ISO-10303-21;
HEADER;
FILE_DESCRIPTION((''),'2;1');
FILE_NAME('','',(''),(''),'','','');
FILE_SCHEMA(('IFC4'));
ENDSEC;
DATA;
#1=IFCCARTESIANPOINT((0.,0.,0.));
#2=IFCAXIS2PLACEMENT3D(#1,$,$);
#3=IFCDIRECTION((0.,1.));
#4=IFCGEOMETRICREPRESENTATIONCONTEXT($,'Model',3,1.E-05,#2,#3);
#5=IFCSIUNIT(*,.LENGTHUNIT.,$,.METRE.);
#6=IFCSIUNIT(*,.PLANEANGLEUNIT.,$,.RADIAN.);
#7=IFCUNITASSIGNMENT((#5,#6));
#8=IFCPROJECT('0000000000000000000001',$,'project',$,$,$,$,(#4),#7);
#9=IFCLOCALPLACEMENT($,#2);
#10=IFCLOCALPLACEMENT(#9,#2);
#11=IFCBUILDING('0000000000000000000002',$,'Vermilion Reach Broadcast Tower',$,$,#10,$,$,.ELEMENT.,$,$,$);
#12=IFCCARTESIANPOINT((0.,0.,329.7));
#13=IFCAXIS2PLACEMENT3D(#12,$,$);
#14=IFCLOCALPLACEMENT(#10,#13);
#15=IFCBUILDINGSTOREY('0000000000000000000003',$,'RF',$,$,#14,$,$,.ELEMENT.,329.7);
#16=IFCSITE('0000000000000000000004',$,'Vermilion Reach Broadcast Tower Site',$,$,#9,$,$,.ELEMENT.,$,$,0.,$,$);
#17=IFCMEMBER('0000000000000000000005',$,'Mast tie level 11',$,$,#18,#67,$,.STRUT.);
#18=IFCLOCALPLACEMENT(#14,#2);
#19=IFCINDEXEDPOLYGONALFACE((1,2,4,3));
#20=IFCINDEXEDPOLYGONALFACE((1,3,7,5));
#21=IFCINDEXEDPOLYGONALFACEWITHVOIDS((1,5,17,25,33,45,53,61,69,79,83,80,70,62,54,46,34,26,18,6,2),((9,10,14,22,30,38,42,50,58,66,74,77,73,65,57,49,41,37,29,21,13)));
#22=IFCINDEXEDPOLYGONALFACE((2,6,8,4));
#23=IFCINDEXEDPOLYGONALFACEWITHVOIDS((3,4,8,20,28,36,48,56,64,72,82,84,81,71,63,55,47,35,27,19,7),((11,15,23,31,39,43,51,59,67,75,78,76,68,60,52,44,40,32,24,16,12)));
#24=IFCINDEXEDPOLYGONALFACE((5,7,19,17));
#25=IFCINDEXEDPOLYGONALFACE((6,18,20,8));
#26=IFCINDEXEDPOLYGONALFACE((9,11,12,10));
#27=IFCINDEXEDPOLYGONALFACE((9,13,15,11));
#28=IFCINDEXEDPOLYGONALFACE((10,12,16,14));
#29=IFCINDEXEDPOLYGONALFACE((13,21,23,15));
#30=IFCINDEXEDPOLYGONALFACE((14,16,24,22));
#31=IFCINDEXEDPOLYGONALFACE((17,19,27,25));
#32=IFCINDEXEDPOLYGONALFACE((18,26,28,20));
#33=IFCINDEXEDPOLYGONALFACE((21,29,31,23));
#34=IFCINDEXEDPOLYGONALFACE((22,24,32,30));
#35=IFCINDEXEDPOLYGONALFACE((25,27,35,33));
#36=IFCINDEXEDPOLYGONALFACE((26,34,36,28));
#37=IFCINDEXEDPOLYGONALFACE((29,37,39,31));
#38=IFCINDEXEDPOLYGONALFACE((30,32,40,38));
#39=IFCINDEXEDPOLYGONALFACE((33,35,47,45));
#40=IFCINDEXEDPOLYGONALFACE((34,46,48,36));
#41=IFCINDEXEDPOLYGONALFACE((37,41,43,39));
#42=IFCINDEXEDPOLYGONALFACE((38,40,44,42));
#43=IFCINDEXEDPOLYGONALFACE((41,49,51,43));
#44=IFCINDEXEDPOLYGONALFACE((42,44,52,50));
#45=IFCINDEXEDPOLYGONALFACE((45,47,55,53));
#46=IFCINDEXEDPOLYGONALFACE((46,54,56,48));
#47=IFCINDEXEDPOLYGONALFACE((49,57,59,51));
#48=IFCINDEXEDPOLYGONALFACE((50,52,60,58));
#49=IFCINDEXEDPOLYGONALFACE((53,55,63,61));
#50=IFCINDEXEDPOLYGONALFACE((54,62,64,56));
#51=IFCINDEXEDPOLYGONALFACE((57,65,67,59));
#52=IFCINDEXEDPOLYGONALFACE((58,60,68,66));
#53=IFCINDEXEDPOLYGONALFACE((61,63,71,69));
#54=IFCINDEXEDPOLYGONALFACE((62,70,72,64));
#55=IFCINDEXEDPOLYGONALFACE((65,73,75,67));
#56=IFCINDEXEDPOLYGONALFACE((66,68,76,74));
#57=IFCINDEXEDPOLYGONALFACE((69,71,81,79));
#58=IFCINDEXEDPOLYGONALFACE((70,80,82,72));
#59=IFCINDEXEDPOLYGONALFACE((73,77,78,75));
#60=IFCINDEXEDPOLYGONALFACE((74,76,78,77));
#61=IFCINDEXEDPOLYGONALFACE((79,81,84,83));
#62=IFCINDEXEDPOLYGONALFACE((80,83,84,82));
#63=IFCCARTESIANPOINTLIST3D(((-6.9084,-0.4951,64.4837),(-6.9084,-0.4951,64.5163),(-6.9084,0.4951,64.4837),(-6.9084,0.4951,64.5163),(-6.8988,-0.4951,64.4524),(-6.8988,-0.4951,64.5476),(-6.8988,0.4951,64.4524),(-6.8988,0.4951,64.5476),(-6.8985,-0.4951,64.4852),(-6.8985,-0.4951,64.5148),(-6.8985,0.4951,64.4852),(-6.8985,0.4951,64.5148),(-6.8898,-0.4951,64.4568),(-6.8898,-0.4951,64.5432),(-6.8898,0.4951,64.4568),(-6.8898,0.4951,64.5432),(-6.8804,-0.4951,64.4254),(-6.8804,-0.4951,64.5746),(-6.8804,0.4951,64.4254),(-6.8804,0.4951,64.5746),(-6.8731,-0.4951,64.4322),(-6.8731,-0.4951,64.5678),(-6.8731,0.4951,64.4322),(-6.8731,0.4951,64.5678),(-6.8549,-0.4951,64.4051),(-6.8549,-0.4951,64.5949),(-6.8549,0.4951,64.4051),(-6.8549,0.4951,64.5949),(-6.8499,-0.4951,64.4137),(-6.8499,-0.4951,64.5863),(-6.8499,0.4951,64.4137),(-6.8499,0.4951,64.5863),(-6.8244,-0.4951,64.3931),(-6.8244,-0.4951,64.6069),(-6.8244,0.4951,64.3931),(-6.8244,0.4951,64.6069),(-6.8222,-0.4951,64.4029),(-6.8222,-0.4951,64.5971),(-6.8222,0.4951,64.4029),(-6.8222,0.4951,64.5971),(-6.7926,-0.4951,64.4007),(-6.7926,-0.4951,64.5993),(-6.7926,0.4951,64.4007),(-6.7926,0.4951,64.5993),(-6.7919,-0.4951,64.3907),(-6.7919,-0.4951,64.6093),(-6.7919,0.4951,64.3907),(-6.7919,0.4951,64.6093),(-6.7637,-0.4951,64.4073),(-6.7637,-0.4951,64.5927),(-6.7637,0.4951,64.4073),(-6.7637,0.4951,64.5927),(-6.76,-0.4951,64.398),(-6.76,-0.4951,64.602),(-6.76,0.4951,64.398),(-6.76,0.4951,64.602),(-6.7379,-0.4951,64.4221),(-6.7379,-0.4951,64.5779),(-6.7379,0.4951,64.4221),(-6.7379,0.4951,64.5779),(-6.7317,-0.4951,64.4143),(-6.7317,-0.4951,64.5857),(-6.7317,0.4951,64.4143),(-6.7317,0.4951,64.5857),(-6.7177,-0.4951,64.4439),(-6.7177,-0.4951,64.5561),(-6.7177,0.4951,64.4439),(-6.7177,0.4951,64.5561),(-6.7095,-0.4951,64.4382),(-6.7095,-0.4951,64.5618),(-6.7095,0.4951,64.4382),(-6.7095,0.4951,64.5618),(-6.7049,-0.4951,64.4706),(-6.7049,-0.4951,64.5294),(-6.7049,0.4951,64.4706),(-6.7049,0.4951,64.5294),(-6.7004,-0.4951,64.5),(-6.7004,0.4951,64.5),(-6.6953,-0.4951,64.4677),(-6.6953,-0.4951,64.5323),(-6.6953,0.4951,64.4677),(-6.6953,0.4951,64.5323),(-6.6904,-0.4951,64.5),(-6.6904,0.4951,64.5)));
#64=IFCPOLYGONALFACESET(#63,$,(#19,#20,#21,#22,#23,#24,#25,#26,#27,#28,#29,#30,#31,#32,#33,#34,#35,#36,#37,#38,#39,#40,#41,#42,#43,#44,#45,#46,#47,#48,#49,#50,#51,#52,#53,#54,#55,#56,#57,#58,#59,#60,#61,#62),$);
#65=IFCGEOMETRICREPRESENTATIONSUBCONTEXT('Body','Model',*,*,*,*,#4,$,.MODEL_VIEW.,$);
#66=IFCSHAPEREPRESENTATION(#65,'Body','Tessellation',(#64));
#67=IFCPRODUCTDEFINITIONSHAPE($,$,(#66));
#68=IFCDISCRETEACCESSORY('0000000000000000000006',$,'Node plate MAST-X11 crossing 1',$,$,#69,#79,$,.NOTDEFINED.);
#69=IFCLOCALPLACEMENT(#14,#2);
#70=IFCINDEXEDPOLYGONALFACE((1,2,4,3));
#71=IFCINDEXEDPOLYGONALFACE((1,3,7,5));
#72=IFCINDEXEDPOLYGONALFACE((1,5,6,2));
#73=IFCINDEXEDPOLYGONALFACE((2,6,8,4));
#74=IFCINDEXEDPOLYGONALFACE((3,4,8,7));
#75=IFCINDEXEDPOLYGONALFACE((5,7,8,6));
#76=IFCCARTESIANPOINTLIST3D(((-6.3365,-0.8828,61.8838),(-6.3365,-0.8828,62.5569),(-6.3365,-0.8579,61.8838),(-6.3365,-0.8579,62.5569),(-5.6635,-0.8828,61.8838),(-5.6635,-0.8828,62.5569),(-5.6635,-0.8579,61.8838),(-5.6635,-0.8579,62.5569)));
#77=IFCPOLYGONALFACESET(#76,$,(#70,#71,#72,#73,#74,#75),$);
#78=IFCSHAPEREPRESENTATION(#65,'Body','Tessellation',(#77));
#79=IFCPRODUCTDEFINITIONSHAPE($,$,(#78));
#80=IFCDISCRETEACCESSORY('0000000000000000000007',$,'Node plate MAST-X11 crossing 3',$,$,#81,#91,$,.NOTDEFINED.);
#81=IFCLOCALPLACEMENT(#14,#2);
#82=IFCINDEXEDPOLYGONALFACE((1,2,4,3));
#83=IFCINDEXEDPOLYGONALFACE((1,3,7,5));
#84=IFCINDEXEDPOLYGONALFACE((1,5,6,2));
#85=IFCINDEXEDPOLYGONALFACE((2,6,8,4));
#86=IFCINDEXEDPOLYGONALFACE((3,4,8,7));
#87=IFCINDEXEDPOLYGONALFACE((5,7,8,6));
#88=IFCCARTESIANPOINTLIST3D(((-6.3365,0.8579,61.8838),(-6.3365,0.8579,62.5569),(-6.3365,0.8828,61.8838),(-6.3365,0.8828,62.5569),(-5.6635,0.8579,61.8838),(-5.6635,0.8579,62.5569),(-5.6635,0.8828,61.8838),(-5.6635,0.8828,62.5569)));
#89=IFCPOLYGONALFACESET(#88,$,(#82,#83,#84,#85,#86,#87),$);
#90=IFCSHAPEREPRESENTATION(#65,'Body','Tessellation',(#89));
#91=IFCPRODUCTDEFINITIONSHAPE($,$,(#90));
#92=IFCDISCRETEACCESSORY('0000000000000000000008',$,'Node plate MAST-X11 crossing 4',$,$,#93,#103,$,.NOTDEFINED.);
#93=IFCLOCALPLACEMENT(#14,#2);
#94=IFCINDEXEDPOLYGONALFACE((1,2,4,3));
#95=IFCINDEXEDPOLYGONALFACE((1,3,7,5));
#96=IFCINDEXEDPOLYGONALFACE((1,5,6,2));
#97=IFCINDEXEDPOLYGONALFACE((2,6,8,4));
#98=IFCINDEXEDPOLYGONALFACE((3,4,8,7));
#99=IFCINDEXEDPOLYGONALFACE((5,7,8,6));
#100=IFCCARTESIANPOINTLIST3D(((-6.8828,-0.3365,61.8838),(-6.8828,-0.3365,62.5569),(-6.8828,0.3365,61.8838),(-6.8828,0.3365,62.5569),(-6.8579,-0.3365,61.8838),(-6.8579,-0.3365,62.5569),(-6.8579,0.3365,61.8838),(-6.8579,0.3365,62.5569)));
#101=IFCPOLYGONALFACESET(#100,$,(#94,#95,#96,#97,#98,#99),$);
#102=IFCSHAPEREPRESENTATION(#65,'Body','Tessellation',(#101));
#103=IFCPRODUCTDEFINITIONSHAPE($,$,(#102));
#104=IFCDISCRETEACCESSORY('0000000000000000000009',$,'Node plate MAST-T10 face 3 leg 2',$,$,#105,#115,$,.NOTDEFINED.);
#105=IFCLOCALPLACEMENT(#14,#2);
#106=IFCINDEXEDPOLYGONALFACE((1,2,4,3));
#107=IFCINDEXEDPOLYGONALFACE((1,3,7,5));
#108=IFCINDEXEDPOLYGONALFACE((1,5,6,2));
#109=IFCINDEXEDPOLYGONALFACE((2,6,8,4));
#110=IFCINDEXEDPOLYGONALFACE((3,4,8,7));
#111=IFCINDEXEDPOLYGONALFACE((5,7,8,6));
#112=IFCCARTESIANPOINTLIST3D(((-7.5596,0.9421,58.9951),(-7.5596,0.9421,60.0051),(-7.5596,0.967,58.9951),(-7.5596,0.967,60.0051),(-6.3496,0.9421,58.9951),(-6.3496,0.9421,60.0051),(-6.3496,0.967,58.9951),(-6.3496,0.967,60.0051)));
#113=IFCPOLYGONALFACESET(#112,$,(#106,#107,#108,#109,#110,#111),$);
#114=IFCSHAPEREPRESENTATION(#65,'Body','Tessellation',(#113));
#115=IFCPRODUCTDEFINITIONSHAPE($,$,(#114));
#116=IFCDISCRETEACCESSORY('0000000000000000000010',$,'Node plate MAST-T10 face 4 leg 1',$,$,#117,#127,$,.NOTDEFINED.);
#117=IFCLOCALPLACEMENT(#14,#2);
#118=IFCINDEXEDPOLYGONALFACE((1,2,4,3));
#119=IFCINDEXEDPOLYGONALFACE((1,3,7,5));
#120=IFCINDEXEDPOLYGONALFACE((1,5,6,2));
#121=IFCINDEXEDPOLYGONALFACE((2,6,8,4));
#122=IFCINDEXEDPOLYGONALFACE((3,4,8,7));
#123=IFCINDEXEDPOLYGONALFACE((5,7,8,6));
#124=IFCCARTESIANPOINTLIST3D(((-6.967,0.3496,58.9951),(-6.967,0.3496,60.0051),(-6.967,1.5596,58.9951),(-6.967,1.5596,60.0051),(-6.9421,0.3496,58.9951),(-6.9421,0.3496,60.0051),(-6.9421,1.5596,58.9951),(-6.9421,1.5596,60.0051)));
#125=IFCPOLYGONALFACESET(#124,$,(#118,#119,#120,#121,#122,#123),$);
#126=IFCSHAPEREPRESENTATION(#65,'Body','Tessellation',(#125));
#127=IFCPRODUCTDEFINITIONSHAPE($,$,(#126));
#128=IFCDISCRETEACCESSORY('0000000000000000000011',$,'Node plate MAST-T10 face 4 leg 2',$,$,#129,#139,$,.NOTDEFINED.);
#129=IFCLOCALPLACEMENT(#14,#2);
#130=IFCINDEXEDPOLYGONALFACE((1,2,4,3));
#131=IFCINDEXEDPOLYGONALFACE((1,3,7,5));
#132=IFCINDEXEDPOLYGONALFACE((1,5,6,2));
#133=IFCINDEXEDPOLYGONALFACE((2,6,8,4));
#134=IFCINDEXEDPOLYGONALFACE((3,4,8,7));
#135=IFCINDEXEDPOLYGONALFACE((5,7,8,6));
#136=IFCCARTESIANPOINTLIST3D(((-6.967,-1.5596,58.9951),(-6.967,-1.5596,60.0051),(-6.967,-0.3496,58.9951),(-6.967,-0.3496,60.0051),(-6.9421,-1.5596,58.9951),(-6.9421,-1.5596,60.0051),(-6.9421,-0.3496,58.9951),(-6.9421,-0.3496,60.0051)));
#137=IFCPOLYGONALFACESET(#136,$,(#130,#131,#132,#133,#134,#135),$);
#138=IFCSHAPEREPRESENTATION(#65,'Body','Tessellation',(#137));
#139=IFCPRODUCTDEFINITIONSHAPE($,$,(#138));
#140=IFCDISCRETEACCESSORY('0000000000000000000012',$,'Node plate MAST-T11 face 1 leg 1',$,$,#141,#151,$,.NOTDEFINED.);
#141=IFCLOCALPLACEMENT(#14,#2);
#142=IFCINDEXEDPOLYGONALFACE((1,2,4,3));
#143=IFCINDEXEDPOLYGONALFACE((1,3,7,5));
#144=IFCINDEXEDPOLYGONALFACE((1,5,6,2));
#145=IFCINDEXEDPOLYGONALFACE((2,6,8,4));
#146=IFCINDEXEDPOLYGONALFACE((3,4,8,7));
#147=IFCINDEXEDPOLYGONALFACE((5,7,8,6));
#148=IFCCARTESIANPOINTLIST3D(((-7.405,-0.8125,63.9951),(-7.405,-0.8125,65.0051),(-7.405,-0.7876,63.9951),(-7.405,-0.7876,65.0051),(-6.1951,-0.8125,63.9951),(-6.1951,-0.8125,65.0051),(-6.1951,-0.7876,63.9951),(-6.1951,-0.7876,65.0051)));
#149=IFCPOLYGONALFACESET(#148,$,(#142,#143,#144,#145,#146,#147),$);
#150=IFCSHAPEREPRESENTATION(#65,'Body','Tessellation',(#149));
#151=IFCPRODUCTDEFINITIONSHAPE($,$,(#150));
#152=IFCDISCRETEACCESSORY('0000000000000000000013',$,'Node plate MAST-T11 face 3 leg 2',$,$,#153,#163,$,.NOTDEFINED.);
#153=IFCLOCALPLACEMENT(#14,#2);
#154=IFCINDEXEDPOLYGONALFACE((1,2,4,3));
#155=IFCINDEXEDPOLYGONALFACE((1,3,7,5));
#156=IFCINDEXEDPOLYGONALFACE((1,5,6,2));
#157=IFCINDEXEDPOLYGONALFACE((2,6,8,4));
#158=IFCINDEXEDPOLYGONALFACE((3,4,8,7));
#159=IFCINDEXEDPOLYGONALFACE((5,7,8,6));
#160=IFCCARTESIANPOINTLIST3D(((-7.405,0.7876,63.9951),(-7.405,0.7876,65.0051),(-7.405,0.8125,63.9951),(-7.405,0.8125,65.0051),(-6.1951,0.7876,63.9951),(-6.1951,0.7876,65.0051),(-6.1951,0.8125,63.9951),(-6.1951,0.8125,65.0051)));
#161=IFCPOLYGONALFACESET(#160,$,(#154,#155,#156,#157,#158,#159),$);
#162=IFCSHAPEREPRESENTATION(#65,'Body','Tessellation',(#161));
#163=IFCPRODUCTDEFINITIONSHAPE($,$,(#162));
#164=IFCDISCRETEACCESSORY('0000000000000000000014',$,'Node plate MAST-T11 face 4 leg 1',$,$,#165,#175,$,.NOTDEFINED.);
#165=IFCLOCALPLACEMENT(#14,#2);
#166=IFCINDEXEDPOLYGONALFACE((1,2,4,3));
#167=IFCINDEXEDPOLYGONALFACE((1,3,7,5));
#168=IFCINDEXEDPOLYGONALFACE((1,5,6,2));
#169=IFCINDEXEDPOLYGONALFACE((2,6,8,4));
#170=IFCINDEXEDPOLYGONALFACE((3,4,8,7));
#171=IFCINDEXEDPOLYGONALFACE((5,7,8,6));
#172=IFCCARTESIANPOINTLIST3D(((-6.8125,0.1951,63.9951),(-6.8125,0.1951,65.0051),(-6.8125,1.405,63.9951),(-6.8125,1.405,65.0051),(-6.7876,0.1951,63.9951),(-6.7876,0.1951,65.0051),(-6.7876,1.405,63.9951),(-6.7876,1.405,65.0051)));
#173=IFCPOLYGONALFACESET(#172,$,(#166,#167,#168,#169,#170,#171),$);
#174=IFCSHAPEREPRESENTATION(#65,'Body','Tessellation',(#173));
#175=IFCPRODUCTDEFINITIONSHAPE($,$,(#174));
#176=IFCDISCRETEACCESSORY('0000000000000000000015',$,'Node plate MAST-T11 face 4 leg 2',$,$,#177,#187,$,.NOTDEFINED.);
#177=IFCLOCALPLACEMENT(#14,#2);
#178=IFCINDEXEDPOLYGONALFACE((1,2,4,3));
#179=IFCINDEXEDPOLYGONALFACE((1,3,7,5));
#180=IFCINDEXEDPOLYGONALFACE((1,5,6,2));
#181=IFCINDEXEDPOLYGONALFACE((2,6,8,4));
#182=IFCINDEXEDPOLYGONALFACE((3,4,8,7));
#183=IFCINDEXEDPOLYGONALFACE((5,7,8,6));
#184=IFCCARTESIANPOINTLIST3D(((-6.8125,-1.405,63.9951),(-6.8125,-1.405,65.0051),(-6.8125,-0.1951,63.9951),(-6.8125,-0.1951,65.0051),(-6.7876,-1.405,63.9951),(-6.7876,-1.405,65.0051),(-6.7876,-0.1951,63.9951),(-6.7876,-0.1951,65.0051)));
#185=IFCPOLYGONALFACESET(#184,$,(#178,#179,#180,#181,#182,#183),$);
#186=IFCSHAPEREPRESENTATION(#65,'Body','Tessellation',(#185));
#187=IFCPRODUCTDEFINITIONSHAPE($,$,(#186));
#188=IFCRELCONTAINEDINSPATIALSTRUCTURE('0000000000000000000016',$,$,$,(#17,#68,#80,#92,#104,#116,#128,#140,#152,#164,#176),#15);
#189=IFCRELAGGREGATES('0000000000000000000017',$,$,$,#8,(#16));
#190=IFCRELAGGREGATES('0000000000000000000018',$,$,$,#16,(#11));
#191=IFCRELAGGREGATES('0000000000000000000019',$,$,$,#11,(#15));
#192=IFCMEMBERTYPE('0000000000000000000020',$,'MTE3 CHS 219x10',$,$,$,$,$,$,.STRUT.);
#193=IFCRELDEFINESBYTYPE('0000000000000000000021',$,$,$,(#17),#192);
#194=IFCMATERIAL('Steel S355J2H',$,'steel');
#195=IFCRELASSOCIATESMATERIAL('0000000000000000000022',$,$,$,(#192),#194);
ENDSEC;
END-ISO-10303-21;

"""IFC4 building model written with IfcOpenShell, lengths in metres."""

from ifc_helpers import new_model, si_unit, direction, frame, origin, origin_2d, place, context, subcontext, project, spatial, rectangle, hollow_circle, extrude, material, material_profile, profile_set, type_object, element, save


model = new_model("IFC4")

# Units and contexts
model_context = context("Model", 3, precision=1e-05, world=origin(), true_north=direction((0.0, 1.0)))
body_context = subcontext(model_context, "Body", "Model", "MODEL_VIEW")
ifc_project = project(units=[si_unit("LENGTHUNIT", "METRE"), si_unit("PLANEANGLEUNIT", "RADIAN")], contexts=[model_context])

# Site, building, storey
site_placement = place(None, origin())
site = spatial("IfcSite", under=ifc_project, at=site_placement, Name="Vermilion Reach Broadcast Tower Site", CompositionType="ELEMENT", RefElevation=0.0)
building_placement = place(site_placement, origin())
building = spatial("IfcBuilding", under=site, at=building_placement, Name="Vermilion Reach Broadcast Tower", CompositionType="ELEMENT")
storey_placement = place(building_placement, frame((0.0, 0.0, 329.7)))
storey = spatial("IfcBuildingStorey", under=building, at=storey_placement, Name="RF", CompositionType="ELEMENT", Elevation=329.7)

# Member
ifc_material_1 = material(Name="Steel S355J2H", Category="steel")
ifc_material_profile_1 = material_profile(ifc_material_1, hollow_circle(Radius=0.1096, WallThickness=0.01, at=origin_2d()), Name="S355J2H CHS 219x10")
ifc_profile_set_1 = profile_set([ifc_material_profile_1], Name="Steel S355J2H")
member_type_1 = type_object("IfcMemberType", Name="MTE3 CHS 219x10", PredefinedType="STRUT", material=ifc_profile_set_1)
for number, where, z_axis, x_axis, name in (
    (1, (-6.8, 0.4951, 64.5), (0.0, -1.0, 0.0), (1.0, 0.0, 0.0), "Mast tie level 11"),
):
    element("IfcMember", number, at=place(storey_placement, frame(where, z_axis=z_axis, x_axis=x_axis)), inside=storey, type_object=member_type_1, Name=name, PredefinedType="STRUT", context=body_context, shape_type="SweptSolid", body=[
        extrude(hollow_circle(Radius=0.1096, WallThickness=0.01, at=origin_2d()), origin(), (0.0, 0.0, 1.0), 0.9902),
    ])

# Discrete accessories
for number, where, z_axis, x_axis, name in (
    (2, (-6.0, -0.8704, 61.8838), (0.0, 0.0, 1.0), (0.0, 1.0, 0.0), "Node plate MAST-X11 crossing 1"),
    (3, (-6.0, 0.8704, 61.8838), (0.0, 0.0, 1.0), (0.0, -1.0, 0.0), "Node plate MAST-X11 crossing 3"),
    (4, (-6.8704, 0.0, 61.8838), (0.0, 0.0, 1.0), (1.0, 0.0, 0.0), "Node plate MAST-X11 crossing 4"),
):
    element("IfcDiscreteAccessory", number, at=place(storey_placement, frame(where, z_axis=z_axis, x_axis=x_axis)), inside=storey, Name=name, PredefinedType="NOTDEFINED", context=body_context, shape_type="SweptSolid", body=[
        extrude(rectangle(XDim=0.0249, YDim=0.6731, at=origin_2d()), origin(), (0.0, 0.0, 1.0), 0.6731),
    ])
for number, where, z_axis, x_axis, name in (
    (5, (-6.9546, 0.9546, 58.9951), (0.0, 0.0, 1.0), (0.0, -1.0, 0.0), "Node plate MAST-T10 face 3 leg 2"),
    (6, (-6.9546, 0.9546, 58.9951), (0.0, 0.0, 1.0), (1.0, 0.0, 0.0), "Node plate MAST-T10 face 4 leg 1"),
    (7, (-6.9546, -0.9546, 58.9951), (0.0, 0.0, 1.0), (1.0, 0.0, 0.0), "Node plate MAST-T10 face 4 leg 2"),
    (8, (-6.8, -0.8, 63.9951), (0.0, 0.0, 1.0), (0.0, 1.0, 0.0), "Node plate MAST-T11 face 1 leg 1"),
    (9, (-6.8, 0.8, 63.9951), (0.0, 0.0, 1.0), (0.0, -1.0, 0.0), "Node plate MAST-T11 face 3 leg 2"),
    (10, (-6.8, 0.8, 63.9951), (0.0, 0.0, 1.0), (1.0, 0.0, 0.0), "Node plate MAST-T11 face 4 leg 1"),
    (11, (-6.8, -0.8, 63.9951), (0.0, 0.0, 1.0), (1.0, 0.0, 0.0), "Node plate MAST-T11 face 4 leg 2"),
):
    element("IfcDiscreteAccessory", number, at=place(storey_placement, frame(where, z_axis=z_axis, x_axis=x_axis)), inside=storey, Name=name, PredefinedType="NOTDEFINED", context=body_context, shape_type="SweptSolid", body=[
        extrude(rectangle(XDim=0.0249, YDim=1.21, at=origin_2d()), origin(), (0.0, 0.0, 1.0), 1.01),
    ])

save(model, "model.ifc")
